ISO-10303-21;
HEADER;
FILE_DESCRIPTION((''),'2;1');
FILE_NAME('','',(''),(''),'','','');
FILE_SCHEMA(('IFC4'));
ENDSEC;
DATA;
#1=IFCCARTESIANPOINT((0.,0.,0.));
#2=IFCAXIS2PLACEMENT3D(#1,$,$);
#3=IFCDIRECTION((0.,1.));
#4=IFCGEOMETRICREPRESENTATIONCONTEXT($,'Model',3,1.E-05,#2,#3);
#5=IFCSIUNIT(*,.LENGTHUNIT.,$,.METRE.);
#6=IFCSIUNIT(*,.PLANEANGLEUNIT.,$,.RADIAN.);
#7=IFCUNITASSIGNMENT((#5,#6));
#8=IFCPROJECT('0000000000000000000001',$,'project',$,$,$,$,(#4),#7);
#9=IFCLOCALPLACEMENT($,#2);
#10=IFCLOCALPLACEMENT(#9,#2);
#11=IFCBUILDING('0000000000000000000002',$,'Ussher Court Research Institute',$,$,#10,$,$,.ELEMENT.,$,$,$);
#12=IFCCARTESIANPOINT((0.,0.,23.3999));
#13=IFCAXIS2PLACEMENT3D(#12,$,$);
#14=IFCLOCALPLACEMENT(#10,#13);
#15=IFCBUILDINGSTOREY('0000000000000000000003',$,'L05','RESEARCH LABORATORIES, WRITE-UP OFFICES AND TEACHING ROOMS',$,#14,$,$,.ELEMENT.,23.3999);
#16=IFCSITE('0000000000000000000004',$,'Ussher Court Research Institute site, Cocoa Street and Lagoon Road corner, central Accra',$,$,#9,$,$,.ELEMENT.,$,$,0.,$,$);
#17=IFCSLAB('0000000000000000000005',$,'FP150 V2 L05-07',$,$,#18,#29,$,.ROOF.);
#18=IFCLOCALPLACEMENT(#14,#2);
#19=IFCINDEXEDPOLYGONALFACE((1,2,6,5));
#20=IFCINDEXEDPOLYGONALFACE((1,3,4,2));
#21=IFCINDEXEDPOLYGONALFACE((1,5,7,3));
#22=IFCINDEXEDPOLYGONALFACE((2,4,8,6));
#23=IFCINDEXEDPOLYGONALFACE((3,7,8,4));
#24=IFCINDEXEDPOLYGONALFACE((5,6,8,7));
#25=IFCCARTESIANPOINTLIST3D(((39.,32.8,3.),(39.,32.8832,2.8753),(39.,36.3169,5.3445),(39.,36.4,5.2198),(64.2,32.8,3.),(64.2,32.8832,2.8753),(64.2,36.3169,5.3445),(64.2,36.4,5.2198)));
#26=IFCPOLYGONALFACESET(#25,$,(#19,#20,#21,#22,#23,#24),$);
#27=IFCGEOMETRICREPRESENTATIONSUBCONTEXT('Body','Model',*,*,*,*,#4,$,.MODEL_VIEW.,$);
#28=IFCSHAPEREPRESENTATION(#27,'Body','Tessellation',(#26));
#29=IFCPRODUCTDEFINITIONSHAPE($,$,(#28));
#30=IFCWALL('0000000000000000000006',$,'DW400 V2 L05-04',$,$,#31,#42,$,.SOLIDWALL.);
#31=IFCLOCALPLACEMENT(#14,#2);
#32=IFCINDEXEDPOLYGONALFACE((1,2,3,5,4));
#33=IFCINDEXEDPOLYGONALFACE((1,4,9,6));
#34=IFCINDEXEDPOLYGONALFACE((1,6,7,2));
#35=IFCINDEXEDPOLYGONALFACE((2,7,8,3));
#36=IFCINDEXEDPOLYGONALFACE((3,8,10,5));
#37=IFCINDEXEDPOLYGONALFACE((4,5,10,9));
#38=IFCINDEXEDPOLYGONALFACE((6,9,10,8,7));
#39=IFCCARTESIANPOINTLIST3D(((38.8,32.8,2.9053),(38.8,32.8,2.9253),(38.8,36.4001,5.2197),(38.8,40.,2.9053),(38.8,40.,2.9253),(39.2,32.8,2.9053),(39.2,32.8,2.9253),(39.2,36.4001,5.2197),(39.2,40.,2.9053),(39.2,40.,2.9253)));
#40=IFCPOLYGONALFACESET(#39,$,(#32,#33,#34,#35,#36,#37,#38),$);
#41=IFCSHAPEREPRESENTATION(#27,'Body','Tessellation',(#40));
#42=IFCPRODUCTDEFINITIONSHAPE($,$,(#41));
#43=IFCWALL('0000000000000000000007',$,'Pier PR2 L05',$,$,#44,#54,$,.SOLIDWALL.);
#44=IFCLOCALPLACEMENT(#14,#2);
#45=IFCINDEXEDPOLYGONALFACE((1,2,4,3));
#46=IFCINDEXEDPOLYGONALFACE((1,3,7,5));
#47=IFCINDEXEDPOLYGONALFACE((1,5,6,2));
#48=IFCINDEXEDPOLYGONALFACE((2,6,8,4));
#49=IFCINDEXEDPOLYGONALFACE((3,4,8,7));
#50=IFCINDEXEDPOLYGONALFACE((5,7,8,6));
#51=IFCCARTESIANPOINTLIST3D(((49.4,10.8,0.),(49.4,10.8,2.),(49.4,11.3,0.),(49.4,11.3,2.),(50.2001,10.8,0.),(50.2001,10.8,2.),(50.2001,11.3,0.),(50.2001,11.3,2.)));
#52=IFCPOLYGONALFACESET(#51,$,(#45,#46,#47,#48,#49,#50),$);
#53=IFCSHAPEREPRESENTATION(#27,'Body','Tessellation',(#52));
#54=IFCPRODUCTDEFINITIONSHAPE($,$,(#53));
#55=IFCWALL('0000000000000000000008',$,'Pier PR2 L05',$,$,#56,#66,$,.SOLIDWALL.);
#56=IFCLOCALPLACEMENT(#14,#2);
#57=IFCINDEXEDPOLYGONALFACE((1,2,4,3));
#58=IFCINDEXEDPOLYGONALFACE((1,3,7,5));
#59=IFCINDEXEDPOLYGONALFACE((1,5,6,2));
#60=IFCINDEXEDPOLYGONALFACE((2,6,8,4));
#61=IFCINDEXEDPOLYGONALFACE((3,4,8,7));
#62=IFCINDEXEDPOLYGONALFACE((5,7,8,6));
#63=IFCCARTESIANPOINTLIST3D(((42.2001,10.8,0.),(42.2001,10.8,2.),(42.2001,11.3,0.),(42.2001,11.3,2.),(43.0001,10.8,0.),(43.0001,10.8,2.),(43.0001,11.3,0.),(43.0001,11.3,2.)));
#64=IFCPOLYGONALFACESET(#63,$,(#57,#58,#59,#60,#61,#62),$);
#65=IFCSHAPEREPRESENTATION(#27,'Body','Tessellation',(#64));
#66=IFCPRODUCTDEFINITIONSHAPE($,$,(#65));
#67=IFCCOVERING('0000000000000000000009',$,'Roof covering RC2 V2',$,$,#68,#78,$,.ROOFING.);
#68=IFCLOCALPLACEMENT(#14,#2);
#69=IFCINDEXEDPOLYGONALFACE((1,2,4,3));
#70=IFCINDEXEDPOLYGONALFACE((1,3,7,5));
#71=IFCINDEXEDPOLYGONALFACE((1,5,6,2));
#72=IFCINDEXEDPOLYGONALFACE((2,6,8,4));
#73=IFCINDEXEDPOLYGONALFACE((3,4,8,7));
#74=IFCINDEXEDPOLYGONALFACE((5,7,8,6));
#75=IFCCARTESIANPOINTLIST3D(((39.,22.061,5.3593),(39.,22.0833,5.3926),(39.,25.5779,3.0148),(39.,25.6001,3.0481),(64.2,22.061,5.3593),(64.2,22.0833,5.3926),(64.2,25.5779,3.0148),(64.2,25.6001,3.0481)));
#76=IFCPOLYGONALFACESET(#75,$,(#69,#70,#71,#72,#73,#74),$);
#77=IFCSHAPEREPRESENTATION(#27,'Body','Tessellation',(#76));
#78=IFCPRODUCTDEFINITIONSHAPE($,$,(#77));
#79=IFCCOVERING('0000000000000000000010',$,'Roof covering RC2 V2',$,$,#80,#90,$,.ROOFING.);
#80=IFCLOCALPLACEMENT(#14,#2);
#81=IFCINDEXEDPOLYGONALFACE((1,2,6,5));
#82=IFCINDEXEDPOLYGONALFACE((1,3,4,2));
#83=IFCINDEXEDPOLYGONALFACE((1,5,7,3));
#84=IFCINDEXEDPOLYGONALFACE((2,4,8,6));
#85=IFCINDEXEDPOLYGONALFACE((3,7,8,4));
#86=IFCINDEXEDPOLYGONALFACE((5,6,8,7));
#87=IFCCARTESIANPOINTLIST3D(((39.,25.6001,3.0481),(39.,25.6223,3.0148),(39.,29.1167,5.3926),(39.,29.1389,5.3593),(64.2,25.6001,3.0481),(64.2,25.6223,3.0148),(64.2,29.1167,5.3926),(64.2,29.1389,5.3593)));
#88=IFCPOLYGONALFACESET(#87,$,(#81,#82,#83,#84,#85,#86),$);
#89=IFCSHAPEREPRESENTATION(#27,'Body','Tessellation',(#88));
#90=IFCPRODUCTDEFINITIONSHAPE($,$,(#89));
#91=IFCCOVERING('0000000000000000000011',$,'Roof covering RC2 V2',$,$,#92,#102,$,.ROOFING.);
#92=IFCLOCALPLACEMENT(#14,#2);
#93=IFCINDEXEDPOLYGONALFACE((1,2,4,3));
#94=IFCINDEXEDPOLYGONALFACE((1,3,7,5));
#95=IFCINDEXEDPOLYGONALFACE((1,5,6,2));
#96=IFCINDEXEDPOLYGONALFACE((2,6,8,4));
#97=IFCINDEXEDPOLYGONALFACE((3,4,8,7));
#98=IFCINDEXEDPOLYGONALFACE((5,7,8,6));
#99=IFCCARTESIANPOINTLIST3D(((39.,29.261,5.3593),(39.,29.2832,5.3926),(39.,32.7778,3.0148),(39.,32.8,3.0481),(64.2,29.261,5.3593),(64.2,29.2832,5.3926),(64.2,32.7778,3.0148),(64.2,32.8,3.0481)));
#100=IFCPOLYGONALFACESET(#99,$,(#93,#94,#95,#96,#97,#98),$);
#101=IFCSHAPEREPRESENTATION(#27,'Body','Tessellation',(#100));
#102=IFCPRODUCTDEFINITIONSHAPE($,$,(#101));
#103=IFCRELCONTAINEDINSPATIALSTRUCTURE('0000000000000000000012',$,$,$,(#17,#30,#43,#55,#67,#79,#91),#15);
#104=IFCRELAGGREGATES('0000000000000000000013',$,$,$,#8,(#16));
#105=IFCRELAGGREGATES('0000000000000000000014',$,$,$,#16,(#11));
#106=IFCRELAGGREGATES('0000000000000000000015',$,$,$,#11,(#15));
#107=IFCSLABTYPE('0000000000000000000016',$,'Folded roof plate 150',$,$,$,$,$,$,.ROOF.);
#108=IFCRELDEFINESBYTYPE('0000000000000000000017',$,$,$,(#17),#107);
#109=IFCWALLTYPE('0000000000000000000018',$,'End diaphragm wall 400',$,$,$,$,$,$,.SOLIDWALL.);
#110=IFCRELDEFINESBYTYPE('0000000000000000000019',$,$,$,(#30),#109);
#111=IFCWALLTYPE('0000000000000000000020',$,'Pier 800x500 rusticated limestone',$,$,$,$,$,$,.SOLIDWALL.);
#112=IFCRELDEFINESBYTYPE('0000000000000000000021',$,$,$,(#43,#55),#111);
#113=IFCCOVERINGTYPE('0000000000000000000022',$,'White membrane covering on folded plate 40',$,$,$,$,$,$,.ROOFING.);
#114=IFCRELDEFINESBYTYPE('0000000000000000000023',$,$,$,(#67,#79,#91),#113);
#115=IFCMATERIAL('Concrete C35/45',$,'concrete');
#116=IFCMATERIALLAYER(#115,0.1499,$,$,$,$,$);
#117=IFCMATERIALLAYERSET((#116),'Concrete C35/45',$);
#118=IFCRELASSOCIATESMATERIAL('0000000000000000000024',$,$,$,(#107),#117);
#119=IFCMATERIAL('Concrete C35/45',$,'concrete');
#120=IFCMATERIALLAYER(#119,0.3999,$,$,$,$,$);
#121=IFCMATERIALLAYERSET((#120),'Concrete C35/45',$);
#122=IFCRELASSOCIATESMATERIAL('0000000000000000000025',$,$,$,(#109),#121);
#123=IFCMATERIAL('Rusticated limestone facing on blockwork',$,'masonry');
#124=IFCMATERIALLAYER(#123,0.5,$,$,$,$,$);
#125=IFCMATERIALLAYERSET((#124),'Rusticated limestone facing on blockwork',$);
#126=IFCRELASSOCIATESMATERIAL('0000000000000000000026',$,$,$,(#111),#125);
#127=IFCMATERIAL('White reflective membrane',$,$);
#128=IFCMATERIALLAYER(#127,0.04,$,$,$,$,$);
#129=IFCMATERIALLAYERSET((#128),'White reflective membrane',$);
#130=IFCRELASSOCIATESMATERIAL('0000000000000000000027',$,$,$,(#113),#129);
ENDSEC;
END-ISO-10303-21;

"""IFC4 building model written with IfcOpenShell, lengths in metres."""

from ifc_helpers import new_model, si_unit, direction, frame, frame_2d, origin, place, context, subcontext, project, spatial, polyline, rectangle, outline, extrude, material, layer, layer_set, type_object, element, save


model = new_model("IFC4")

# Units and contexts
model_context = context("Model", 3, precision=1e-05, world=origin(), true_north=direction((0.0, 1.0)))
body_context = subcontext(model_context, "Body", "Model", "MODEL_VIEW")
ifc_project = project(units=[si_unit("LENGTHUNIT", "METRE"), si_unit("PLANEANGLEUNIT", "RADIAN")], contexts=[model_context])

# Site, building, storey
site_placement = place(None, origin())
site = spatial("IfcSite", under=ifc_project, at=site_placement, Name="Ussher Court Research Institute site, Cocoa Street and Lagoon Road corner, central Accra", CompositionType="ELEMENT", RefElevation=0.0)
building_placement = place(site_placement, origin())
building = spatial("IfcBuilding", under=site, at=building_placement, Name="Ussher Court Research Institute", CompositionType="ELEMENT")
storey_placement = place(building_placement, frame((0.0, 0.0, 23.3999)))
storey = spatial("IfcBuildingStorey", under=building, at=storey_placement, Name="L05", Description="RESEARCH LABORATORIES, WRITE-UP OFFICES AND TEACHING ROOMS", CompositionType="ELEMENT", Elevation=23.3999)

# Slab
ifc_material_1 = material(Name="Concrete C35/45", Category="concrete")
ifc_layer_1 = layer(ifc_material_1, 0.1499)
ifc_layer_set_1 = layer_set([ifc_layer_1], Name="Concrete C35/45")
slab_type = type_object("IfcSlabType", Name="Folded roof plate 150", PredefinedType="ROOF", material=ifc_layer_set_1)
slab_1_placement = place(storey_placement, frame((39.0, 32.8, 3.0), z_axis=(0.0, -0.554687, 0.832059), x_axis=(1.0, 0.0, 0.0)))
element("IfcSlab", 1, at=slab_1_placement, inside=storey, type_object=slab_type, Name="FP150 V2 L05-07", PredefinedType="ROOF", context=body_context, shape_type="SweptSolid", body=[
    extrude(outline(polyline([(0.0, 0.0), (25.2, 0.0), (25.2, 4.2267), (0.0, 4.2267), (0.0, 0.0)])), origin(), (0.0, 0.0, -1.0), 0.1499),
])

# Walls
ifc_material_2 = material(Name="Concrete C35/45", Category="concrete")
ifc_layer_2 = layer(ifc_material_2, 0.3999)
ifc_layer_set_2 = layer_set([ifc_layer_2], Name="Concrete C35/45")
wall_type_1 = type_object("IfcWallType", Name="End diaphragm wall 400", PredefinedType="SOLIDWALL", material=ifc_layer_set_2)
wall_placement = place(storey_placement, frame((39.0, 32.8, 2.9053), z_axis=(0.0, 0.0, 1.0), x_axis=(0.0, 1.0, 0.0)))
element("IfcWall", 2, at=wall_placement, inside=storey, type_object=wall_type_1, Name="DW400 V2 L05-04", PredefinedType="SOLIDWALL", context=body_context, shape_type="SweptSolid", body=[
    extrude(outline(polyline([(0.0, 0.0), (7.2, 0.0), (7.2, 0.02), (3.6001, 2.3145), (0.0, 0.02), (0.0, 0.0)])), frame((0.0, 0.2, 0.0), z_axis=(0.0, -1.0, 0.0), x_axis=(1.0, 0.0, 0.0)), (0.0, 0.0, 1.0), 0.3999),
])
ifc_material_3 = material(Name="Rusticated limestone facing on blockwork", Category="masonry")
ifc_layer_3 = layer(ifc_material_3, 0.5)
ifc_layer_set_3 = layer_set([ifc_layer_3], Name="Rusticated limestone facing on blockwork")
wall_type_2 = type_object("IfcWallType", Name="Pier 800x500 rusticated limestone", PredefinedType="SOLIDWALL", material=ifc_layer_set_3)
for number, where, z_axis, x_axis, name in (
    (3, (50.2, 11.05, 0.0), (0.0, 0.0, 1.0), (-1.0, 0.0, 0.0), "Pier PR2 L05"),
    (4, (43.0, 11.05, 0.0), (0.0, 0.0, 1.0), (-1.0, 0.0, 0.0), "Pier PR2 L05"),
):
    element("IfcWall", number, at=place(storey_placement, frame(where, z_axis=z_axis, x_axis=x_axis)), inside=storey, type_object=wall_type_2, Name=name, PredefinedType="SOLIDWALL", context=body_context, shape_type="SweptSolid", body=[
        extrude(rectangle(XDim=0.8, YDim=0.5, at=frame_2d((0.3999, 0.0))), origin(), (0.0, 0.0, 1.0), 2.0),
    ])

# Coverings
ifc_material_4 = material(Name="White reflective membrane")
ifc_layer_4 = layer(ifc_material_4, 0.04)
ifc_layer_set_4 = layer_set([ifc_layer_4], Name="White reflective membrane")
covering_type = type_object("IfcCoveringType", Name="White membrane covering on folded plate 40", PredefinedType="ROOFING", material=ifc_layer_set_4)
covering_1_placement = place(storey_placement, frame((39.0, 25.6001, 3.0481), z_axis=(0.0, 0.554687, 0.832059), x_axis=(1.0, 0.0, 0.0)))
element("IfcCovering", 5, at=covering_1_placement, inside=storey, type_object=covering_type, Name="Roof covering RC2 V2", PredefinedType="ROOFING", context=body_context, shape_type="SweptSolid", body=[
    extrude(outline(polyline([(0.0, 0.0), (25.2, 0.0), (25.2, -4.2267), (0.0, -4.2267), (0.0, 0.0)])), origin(), (0.0, 0.0, -1.0), 0.04),
])
covering_2_placement = place(storey_placement, frame((39.0, 25.6001, 3.0481), z_axis=(0.0, -0.554714, 0.832041), x_axis=(1.0, 0.0, 0.0)))
element("IfcCovering", 6, at=covering_2_placement, inside=storey, type_object=covering_type, Name="Roof covering RC2 V2", PredefinedType="ROOFING", context=body_context, shape_type="SweptSolid", body=[
    extrude(outline(polyline([(0.0, 0.0), (25.2, 0.0), (25.2, 4.2265), (0.0, 4.2265), (0.0, 0.0)])), origin(), (0.0, 0.0, -1.0), 0.04),
])
covering_3_placement = place(storey_placement, frame((39.0, 32.8, 3.0481), z_axis=(0.0, 0.554687, 0.832059), x_axis=(1.0, 0.0, 0.0)))
element("IfcCovering", 7, at=covering_3_placement, inside=storey, type_object=covering_type, Name="Roof covering RC2 V2", PredefinedType="ROOFING", context=body_context, shape_type="SweptSolid", body=[
    extrude(outline(polyline([(0.0, 0.0), (25.2, 0.0), (25.2, -4.2267), (0.0, -4.2267), (0.0, 0.0)])), origin(), (0.0, 0.0, -1.0), 0.04),
])

save(model, "model.ifc")
